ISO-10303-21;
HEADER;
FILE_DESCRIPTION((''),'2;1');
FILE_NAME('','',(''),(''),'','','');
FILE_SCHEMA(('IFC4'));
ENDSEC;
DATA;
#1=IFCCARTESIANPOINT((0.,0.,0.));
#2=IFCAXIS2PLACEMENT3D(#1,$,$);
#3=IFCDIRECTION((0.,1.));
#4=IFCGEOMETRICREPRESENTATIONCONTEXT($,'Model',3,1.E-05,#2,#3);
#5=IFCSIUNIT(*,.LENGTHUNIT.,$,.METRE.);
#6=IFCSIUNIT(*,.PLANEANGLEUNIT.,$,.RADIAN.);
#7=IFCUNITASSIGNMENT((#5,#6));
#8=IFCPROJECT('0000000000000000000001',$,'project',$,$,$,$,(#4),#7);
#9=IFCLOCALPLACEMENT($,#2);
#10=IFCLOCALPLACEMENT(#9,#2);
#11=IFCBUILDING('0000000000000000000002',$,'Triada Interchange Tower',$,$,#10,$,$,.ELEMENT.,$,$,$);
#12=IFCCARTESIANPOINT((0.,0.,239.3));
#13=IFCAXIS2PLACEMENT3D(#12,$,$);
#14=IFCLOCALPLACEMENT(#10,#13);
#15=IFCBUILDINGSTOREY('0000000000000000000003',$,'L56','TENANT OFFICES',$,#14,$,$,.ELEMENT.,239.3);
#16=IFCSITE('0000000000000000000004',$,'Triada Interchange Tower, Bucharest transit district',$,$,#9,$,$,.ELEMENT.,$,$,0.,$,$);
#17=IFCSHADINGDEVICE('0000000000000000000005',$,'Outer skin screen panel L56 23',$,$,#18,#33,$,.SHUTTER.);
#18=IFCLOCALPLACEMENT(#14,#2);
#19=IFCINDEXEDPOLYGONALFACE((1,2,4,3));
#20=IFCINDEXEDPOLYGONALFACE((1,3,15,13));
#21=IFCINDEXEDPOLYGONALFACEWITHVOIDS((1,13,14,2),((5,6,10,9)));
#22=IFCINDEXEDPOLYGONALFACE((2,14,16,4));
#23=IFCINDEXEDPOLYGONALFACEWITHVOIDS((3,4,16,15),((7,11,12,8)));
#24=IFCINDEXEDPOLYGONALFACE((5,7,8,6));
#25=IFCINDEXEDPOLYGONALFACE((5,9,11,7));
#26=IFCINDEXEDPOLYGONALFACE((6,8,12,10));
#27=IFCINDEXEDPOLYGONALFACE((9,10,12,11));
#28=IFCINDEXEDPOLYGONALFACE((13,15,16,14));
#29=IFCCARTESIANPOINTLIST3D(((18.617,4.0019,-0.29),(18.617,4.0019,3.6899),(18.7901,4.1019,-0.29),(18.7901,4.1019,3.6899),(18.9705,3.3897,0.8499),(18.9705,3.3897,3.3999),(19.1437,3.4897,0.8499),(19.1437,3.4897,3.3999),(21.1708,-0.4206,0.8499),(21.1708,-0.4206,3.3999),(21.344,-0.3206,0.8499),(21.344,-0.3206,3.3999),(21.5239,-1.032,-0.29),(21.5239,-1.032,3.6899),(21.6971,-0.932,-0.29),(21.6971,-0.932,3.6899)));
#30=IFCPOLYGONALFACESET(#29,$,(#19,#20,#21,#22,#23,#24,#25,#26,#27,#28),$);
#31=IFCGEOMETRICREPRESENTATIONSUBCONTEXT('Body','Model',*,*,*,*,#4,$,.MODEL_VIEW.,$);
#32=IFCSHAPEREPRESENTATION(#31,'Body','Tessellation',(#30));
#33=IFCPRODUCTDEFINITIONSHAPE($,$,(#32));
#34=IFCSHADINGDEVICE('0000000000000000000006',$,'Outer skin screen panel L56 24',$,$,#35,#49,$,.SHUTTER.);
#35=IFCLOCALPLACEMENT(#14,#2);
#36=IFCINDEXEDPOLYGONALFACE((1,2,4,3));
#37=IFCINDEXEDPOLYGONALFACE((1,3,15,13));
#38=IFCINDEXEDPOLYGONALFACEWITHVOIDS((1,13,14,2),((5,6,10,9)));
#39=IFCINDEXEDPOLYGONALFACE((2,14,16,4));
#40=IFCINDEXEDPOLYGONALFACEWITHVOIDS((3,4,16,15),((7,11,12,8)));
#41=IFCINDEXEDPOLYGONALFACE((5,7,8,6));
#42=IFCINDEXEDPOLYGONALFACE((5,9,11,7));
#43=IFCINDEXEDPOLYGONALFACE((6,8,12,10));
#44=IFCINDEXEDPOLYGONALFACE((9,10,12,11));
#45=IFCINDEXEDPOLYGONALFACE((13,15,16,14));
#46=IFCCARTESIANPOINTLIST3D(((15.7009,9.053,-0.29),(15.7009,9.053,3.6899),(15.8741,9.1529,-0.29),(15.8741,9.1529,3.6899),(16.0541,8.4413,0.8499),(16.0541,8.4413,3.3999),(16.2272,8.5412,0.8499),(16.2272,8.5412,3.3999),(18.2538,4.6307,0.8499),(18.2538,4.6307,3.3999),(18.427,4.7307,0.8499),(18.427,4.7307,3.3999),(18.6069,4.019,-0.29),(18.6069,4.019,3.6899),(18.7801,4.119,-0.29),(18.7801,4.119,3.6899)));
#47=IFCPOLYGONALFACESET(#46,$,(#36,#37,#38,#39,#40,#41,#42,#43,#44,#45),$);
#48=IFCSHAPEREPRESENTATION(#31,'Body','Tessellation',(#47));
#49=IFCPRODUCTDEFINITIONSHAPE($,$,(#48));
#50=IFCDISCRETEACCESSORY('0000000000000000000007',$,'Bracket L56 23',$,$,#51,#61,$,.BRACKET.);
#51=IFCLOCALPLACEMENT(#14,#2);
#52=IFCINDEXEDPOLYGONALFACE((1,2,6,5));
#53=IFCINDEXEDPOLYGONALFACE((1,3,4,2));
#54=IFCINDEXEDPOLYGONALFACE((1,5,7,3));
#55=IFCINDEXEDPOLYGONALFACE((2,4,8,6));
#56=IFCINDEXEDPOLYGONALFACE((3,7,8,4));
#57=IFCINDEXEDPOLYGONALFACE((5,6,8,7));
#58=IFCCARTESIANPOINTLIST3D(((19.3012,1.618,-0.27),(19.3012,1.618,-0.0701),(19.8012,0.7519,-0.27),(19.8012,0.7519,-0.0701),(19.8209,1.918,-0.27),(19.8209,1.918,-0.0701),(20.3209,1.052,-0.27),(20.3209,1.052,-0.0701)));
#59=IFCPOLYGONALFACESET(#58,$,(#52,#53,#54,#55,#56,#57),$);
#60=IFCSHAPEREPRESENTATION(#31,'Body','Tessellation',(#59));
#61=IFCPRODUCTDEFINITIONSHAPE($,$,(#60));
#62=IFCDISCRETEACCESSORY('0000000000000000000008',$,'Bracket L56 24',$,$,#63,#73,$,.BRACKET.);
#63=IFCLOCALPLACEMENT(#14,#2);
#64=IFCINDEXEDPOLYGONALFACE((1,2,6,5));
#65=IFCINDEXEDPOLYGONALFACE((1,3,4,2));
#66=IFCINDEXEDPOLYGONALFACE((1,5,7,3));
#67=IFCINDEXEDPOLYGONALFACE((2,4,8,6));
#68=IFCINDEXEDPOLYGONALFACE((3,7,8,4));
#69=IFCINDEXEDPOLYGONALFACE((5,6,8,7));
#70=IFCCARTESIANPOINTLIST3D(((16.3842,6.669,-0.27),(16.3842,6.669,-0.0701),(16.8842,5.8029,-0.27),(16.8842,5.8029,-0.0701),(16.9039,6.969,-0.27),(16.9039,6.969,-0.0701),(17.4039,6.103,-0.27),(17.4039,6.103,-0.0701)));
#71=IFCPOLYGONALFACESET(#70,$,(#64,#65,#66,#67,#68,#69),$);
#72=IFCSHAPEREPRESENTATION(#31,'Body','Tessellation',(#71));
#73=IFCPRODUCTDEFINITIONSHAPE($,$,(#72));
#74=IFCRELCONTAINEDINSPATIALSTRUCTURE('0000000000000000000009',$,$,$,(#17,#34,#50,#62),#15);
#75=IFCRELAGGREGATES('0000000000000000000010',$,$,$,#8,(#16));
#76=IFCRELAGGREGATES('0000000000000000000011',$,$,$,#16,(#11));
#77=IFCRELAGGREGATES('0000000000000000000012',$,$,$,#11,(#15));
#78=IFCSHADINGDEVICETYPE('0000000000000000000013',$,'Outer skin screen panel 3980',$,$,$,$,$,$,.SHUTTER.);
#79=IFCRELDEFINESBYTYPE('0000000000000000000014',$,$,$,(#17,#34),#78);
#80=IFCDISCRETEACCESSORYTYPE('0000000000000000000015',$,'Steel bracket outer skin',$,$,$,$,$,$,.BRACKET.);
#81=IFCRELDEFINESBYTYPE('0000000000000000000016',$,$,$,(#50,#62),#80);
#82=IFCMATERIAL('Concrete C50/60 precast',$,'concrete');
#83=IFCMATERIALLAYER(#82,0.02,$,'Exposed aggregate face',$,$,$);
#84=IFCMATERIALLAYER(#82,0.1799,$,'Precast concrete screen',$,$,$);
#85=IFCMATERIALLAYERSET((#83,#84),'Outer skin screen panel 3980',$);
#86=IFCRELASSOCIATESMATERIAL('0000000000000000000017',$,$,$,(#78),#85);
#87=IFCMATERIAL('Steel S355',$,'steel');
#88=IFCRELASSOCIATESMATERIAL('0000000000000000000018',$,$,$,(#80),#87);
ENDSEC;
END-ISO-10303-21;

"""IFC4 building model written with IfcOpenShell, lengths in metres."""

from ifc_helpers import new_model, si_unit, direction, frame, origin, origin_2d, place, context, subcontext, project, spatial, polyline, rectangle, outline, extrude, material, layer, layer_set, type_object, element, save


model = new_model("IFC4")

# Units and contexts
model_context = context("Model", 3, precision=1e-05, world=origin(), true_north=direction((0.0, 1.0)))
body_context = subcontext(model_context, "Body", "Model", "MODEL_VIEW")
ifc_project = project(units=[si_unit("LENGTHUNIT", "METRE"), si_unit("PLANEANGLEUNIT", "RADIAN")], contexts=[model_context])

# Site, building, storey
site_placement = place(None, origin())
site = spatial("IfcSite", under=ifc_project, at=site_placement, Name="Triada Interchange Tower, Bucharest transit district", CompositionType="ELEMENT", RefElevation=0.0)
building_placement = place(site_placement, origin())
building = spatial("IfcBuilding", under=site, at=building_placement, Name="Triada Interchange Tower", CompositionType="ELEMENT")
storey_placement = place(building_placement, frame((0.0, 0.0, 239.3)))
storey = spatial("IfcBuildingStorey", under=building, at=storey_placement, Name="L56", Description="TENANT OFFICES", CompositionType="ELEMENT", Elevation=239.3)

# Shading devices
ifc_material_1 = material(Name="Concrete C50/60 precast", Category="concrete")
ifc_layer_1 = layer(ifc_material_1, 0.02, Name="Exposed aggregate face")
ifc_layer_2 = layer(ifc_material_1, 0.1799, Name="Precast concrete screen")
ifc_layer_set_1 = layer_set([ifc_layer_1, ifc_layer_2], Name="Outer skin screen panel 3980")
shading_device_type = type_object("IfcShadingDeviceType", Name="Outer skin screen panel 3980", PredefinedType="SHUTTER", material=ifc_layer_set_1)
shading_device_1_placement = place(storey_placement, frame((21.5239, -1.032, -0.29), z_axis=(0.0, 0.0, 1.0), x_axis=(-0.500082, 0.865978, 0.0)))
element("IfcShadingDevice", 1, at=shading_device_1_placement, inside=storey, type_object=shading_device_type, Name="Outer skin screen panel L56 23", PredefinedType="SHUTTER", context=body_context, shape_type="SweptSolid", body=[
    extrude(outline(polyline([(0.0, 0.0), (5.813, 0.0), (5.813, 3.98), (0.0, 3.98), (0.0, 0.0)]), holes=[polyline([(0.7061, 1.1399), (0.7061, 3.6899), (5.106, 3.6899), (5.106, 1.1399), (0.7061, 1.1399)])]), frame((0.0, 0.0, 0.0), z_axis=(0.0, -1.0, 0.0), x_axis=(1.0, 0.0, 0.0)), (0.0, 0.0, 1.0), 0.2),
])
shading_device_2_placement = place(storey_placement, frame((18.6069, 4.019, -0.29), z_axis=(0.0, 0.0, 1.0), x_axis=(-0.499956, 0.866051, 0.0)))
element("IfcShadingDevice", 2, at=shading_device_2_placement, inside=storey, type_object=shading_device_type, Name="Outer skin screen panel L56 24", PredefinedType="SHUTTER", context=body_context, shape_type="SweptSolid", body=[
    extrude(outline(polyline([(0.0, 0.0), (5.8125, 0.0), (5.8125, 3.98), (0.0, 3.98), (0.0, 0.0)]), holes=[polyline([(0.7063, 1.1399), (0.7063, 3.6899), (5.1062, 3.6899), (5.1062, 1.1399), (0.7063, 1.1399)])]), frame((0.0, 0.0, 0.0), z_axis=(0.0, -1.0, 0.0), x_axis=(1.0, 0.0, 0.0)), (0.0, 0.0, 1.0), 0.2),
])

# Discrete accessories
ifc_material_2 = material(Name="Steel S355", Category="steel")
discrete_accessory_type = type_object("IfcDiscreteAccessoryType", Name="Steel bracket outer skin", PredefinedType="BRACKET", material=ifc_material_2)
for number, where, z_axis, x_axis, name in (
    (3, (19.811, 1.335, -0.27), (0.0, 0.0, 1.0), (0.86603, 0.499991, 0.0), "Bracket L56 23"),
    (4, (16.894, 6.386, -0.27), (0.0, 0.0, 1.0), (0.86603, 0.499991, 0.0), "Bracket L56 24"),
):
    element("IfcDiscreteAccessory", number, at=place(storey_placement, frame(where, z_axis=z_axis, x_axis=x_axis)), inside=storey, type_object=discrete_accessory_type, Name=name, PredefinedType="BRACKET", context=body_context, shape_type="SweptSolid", body=[
        extrude(rectangle(XDim=0.6001, YDim=1.0, at=origin_2d()), origin(), (0.0, 0.0, 1.0), 0.2),
    ])

save(model, "model.ifc")
